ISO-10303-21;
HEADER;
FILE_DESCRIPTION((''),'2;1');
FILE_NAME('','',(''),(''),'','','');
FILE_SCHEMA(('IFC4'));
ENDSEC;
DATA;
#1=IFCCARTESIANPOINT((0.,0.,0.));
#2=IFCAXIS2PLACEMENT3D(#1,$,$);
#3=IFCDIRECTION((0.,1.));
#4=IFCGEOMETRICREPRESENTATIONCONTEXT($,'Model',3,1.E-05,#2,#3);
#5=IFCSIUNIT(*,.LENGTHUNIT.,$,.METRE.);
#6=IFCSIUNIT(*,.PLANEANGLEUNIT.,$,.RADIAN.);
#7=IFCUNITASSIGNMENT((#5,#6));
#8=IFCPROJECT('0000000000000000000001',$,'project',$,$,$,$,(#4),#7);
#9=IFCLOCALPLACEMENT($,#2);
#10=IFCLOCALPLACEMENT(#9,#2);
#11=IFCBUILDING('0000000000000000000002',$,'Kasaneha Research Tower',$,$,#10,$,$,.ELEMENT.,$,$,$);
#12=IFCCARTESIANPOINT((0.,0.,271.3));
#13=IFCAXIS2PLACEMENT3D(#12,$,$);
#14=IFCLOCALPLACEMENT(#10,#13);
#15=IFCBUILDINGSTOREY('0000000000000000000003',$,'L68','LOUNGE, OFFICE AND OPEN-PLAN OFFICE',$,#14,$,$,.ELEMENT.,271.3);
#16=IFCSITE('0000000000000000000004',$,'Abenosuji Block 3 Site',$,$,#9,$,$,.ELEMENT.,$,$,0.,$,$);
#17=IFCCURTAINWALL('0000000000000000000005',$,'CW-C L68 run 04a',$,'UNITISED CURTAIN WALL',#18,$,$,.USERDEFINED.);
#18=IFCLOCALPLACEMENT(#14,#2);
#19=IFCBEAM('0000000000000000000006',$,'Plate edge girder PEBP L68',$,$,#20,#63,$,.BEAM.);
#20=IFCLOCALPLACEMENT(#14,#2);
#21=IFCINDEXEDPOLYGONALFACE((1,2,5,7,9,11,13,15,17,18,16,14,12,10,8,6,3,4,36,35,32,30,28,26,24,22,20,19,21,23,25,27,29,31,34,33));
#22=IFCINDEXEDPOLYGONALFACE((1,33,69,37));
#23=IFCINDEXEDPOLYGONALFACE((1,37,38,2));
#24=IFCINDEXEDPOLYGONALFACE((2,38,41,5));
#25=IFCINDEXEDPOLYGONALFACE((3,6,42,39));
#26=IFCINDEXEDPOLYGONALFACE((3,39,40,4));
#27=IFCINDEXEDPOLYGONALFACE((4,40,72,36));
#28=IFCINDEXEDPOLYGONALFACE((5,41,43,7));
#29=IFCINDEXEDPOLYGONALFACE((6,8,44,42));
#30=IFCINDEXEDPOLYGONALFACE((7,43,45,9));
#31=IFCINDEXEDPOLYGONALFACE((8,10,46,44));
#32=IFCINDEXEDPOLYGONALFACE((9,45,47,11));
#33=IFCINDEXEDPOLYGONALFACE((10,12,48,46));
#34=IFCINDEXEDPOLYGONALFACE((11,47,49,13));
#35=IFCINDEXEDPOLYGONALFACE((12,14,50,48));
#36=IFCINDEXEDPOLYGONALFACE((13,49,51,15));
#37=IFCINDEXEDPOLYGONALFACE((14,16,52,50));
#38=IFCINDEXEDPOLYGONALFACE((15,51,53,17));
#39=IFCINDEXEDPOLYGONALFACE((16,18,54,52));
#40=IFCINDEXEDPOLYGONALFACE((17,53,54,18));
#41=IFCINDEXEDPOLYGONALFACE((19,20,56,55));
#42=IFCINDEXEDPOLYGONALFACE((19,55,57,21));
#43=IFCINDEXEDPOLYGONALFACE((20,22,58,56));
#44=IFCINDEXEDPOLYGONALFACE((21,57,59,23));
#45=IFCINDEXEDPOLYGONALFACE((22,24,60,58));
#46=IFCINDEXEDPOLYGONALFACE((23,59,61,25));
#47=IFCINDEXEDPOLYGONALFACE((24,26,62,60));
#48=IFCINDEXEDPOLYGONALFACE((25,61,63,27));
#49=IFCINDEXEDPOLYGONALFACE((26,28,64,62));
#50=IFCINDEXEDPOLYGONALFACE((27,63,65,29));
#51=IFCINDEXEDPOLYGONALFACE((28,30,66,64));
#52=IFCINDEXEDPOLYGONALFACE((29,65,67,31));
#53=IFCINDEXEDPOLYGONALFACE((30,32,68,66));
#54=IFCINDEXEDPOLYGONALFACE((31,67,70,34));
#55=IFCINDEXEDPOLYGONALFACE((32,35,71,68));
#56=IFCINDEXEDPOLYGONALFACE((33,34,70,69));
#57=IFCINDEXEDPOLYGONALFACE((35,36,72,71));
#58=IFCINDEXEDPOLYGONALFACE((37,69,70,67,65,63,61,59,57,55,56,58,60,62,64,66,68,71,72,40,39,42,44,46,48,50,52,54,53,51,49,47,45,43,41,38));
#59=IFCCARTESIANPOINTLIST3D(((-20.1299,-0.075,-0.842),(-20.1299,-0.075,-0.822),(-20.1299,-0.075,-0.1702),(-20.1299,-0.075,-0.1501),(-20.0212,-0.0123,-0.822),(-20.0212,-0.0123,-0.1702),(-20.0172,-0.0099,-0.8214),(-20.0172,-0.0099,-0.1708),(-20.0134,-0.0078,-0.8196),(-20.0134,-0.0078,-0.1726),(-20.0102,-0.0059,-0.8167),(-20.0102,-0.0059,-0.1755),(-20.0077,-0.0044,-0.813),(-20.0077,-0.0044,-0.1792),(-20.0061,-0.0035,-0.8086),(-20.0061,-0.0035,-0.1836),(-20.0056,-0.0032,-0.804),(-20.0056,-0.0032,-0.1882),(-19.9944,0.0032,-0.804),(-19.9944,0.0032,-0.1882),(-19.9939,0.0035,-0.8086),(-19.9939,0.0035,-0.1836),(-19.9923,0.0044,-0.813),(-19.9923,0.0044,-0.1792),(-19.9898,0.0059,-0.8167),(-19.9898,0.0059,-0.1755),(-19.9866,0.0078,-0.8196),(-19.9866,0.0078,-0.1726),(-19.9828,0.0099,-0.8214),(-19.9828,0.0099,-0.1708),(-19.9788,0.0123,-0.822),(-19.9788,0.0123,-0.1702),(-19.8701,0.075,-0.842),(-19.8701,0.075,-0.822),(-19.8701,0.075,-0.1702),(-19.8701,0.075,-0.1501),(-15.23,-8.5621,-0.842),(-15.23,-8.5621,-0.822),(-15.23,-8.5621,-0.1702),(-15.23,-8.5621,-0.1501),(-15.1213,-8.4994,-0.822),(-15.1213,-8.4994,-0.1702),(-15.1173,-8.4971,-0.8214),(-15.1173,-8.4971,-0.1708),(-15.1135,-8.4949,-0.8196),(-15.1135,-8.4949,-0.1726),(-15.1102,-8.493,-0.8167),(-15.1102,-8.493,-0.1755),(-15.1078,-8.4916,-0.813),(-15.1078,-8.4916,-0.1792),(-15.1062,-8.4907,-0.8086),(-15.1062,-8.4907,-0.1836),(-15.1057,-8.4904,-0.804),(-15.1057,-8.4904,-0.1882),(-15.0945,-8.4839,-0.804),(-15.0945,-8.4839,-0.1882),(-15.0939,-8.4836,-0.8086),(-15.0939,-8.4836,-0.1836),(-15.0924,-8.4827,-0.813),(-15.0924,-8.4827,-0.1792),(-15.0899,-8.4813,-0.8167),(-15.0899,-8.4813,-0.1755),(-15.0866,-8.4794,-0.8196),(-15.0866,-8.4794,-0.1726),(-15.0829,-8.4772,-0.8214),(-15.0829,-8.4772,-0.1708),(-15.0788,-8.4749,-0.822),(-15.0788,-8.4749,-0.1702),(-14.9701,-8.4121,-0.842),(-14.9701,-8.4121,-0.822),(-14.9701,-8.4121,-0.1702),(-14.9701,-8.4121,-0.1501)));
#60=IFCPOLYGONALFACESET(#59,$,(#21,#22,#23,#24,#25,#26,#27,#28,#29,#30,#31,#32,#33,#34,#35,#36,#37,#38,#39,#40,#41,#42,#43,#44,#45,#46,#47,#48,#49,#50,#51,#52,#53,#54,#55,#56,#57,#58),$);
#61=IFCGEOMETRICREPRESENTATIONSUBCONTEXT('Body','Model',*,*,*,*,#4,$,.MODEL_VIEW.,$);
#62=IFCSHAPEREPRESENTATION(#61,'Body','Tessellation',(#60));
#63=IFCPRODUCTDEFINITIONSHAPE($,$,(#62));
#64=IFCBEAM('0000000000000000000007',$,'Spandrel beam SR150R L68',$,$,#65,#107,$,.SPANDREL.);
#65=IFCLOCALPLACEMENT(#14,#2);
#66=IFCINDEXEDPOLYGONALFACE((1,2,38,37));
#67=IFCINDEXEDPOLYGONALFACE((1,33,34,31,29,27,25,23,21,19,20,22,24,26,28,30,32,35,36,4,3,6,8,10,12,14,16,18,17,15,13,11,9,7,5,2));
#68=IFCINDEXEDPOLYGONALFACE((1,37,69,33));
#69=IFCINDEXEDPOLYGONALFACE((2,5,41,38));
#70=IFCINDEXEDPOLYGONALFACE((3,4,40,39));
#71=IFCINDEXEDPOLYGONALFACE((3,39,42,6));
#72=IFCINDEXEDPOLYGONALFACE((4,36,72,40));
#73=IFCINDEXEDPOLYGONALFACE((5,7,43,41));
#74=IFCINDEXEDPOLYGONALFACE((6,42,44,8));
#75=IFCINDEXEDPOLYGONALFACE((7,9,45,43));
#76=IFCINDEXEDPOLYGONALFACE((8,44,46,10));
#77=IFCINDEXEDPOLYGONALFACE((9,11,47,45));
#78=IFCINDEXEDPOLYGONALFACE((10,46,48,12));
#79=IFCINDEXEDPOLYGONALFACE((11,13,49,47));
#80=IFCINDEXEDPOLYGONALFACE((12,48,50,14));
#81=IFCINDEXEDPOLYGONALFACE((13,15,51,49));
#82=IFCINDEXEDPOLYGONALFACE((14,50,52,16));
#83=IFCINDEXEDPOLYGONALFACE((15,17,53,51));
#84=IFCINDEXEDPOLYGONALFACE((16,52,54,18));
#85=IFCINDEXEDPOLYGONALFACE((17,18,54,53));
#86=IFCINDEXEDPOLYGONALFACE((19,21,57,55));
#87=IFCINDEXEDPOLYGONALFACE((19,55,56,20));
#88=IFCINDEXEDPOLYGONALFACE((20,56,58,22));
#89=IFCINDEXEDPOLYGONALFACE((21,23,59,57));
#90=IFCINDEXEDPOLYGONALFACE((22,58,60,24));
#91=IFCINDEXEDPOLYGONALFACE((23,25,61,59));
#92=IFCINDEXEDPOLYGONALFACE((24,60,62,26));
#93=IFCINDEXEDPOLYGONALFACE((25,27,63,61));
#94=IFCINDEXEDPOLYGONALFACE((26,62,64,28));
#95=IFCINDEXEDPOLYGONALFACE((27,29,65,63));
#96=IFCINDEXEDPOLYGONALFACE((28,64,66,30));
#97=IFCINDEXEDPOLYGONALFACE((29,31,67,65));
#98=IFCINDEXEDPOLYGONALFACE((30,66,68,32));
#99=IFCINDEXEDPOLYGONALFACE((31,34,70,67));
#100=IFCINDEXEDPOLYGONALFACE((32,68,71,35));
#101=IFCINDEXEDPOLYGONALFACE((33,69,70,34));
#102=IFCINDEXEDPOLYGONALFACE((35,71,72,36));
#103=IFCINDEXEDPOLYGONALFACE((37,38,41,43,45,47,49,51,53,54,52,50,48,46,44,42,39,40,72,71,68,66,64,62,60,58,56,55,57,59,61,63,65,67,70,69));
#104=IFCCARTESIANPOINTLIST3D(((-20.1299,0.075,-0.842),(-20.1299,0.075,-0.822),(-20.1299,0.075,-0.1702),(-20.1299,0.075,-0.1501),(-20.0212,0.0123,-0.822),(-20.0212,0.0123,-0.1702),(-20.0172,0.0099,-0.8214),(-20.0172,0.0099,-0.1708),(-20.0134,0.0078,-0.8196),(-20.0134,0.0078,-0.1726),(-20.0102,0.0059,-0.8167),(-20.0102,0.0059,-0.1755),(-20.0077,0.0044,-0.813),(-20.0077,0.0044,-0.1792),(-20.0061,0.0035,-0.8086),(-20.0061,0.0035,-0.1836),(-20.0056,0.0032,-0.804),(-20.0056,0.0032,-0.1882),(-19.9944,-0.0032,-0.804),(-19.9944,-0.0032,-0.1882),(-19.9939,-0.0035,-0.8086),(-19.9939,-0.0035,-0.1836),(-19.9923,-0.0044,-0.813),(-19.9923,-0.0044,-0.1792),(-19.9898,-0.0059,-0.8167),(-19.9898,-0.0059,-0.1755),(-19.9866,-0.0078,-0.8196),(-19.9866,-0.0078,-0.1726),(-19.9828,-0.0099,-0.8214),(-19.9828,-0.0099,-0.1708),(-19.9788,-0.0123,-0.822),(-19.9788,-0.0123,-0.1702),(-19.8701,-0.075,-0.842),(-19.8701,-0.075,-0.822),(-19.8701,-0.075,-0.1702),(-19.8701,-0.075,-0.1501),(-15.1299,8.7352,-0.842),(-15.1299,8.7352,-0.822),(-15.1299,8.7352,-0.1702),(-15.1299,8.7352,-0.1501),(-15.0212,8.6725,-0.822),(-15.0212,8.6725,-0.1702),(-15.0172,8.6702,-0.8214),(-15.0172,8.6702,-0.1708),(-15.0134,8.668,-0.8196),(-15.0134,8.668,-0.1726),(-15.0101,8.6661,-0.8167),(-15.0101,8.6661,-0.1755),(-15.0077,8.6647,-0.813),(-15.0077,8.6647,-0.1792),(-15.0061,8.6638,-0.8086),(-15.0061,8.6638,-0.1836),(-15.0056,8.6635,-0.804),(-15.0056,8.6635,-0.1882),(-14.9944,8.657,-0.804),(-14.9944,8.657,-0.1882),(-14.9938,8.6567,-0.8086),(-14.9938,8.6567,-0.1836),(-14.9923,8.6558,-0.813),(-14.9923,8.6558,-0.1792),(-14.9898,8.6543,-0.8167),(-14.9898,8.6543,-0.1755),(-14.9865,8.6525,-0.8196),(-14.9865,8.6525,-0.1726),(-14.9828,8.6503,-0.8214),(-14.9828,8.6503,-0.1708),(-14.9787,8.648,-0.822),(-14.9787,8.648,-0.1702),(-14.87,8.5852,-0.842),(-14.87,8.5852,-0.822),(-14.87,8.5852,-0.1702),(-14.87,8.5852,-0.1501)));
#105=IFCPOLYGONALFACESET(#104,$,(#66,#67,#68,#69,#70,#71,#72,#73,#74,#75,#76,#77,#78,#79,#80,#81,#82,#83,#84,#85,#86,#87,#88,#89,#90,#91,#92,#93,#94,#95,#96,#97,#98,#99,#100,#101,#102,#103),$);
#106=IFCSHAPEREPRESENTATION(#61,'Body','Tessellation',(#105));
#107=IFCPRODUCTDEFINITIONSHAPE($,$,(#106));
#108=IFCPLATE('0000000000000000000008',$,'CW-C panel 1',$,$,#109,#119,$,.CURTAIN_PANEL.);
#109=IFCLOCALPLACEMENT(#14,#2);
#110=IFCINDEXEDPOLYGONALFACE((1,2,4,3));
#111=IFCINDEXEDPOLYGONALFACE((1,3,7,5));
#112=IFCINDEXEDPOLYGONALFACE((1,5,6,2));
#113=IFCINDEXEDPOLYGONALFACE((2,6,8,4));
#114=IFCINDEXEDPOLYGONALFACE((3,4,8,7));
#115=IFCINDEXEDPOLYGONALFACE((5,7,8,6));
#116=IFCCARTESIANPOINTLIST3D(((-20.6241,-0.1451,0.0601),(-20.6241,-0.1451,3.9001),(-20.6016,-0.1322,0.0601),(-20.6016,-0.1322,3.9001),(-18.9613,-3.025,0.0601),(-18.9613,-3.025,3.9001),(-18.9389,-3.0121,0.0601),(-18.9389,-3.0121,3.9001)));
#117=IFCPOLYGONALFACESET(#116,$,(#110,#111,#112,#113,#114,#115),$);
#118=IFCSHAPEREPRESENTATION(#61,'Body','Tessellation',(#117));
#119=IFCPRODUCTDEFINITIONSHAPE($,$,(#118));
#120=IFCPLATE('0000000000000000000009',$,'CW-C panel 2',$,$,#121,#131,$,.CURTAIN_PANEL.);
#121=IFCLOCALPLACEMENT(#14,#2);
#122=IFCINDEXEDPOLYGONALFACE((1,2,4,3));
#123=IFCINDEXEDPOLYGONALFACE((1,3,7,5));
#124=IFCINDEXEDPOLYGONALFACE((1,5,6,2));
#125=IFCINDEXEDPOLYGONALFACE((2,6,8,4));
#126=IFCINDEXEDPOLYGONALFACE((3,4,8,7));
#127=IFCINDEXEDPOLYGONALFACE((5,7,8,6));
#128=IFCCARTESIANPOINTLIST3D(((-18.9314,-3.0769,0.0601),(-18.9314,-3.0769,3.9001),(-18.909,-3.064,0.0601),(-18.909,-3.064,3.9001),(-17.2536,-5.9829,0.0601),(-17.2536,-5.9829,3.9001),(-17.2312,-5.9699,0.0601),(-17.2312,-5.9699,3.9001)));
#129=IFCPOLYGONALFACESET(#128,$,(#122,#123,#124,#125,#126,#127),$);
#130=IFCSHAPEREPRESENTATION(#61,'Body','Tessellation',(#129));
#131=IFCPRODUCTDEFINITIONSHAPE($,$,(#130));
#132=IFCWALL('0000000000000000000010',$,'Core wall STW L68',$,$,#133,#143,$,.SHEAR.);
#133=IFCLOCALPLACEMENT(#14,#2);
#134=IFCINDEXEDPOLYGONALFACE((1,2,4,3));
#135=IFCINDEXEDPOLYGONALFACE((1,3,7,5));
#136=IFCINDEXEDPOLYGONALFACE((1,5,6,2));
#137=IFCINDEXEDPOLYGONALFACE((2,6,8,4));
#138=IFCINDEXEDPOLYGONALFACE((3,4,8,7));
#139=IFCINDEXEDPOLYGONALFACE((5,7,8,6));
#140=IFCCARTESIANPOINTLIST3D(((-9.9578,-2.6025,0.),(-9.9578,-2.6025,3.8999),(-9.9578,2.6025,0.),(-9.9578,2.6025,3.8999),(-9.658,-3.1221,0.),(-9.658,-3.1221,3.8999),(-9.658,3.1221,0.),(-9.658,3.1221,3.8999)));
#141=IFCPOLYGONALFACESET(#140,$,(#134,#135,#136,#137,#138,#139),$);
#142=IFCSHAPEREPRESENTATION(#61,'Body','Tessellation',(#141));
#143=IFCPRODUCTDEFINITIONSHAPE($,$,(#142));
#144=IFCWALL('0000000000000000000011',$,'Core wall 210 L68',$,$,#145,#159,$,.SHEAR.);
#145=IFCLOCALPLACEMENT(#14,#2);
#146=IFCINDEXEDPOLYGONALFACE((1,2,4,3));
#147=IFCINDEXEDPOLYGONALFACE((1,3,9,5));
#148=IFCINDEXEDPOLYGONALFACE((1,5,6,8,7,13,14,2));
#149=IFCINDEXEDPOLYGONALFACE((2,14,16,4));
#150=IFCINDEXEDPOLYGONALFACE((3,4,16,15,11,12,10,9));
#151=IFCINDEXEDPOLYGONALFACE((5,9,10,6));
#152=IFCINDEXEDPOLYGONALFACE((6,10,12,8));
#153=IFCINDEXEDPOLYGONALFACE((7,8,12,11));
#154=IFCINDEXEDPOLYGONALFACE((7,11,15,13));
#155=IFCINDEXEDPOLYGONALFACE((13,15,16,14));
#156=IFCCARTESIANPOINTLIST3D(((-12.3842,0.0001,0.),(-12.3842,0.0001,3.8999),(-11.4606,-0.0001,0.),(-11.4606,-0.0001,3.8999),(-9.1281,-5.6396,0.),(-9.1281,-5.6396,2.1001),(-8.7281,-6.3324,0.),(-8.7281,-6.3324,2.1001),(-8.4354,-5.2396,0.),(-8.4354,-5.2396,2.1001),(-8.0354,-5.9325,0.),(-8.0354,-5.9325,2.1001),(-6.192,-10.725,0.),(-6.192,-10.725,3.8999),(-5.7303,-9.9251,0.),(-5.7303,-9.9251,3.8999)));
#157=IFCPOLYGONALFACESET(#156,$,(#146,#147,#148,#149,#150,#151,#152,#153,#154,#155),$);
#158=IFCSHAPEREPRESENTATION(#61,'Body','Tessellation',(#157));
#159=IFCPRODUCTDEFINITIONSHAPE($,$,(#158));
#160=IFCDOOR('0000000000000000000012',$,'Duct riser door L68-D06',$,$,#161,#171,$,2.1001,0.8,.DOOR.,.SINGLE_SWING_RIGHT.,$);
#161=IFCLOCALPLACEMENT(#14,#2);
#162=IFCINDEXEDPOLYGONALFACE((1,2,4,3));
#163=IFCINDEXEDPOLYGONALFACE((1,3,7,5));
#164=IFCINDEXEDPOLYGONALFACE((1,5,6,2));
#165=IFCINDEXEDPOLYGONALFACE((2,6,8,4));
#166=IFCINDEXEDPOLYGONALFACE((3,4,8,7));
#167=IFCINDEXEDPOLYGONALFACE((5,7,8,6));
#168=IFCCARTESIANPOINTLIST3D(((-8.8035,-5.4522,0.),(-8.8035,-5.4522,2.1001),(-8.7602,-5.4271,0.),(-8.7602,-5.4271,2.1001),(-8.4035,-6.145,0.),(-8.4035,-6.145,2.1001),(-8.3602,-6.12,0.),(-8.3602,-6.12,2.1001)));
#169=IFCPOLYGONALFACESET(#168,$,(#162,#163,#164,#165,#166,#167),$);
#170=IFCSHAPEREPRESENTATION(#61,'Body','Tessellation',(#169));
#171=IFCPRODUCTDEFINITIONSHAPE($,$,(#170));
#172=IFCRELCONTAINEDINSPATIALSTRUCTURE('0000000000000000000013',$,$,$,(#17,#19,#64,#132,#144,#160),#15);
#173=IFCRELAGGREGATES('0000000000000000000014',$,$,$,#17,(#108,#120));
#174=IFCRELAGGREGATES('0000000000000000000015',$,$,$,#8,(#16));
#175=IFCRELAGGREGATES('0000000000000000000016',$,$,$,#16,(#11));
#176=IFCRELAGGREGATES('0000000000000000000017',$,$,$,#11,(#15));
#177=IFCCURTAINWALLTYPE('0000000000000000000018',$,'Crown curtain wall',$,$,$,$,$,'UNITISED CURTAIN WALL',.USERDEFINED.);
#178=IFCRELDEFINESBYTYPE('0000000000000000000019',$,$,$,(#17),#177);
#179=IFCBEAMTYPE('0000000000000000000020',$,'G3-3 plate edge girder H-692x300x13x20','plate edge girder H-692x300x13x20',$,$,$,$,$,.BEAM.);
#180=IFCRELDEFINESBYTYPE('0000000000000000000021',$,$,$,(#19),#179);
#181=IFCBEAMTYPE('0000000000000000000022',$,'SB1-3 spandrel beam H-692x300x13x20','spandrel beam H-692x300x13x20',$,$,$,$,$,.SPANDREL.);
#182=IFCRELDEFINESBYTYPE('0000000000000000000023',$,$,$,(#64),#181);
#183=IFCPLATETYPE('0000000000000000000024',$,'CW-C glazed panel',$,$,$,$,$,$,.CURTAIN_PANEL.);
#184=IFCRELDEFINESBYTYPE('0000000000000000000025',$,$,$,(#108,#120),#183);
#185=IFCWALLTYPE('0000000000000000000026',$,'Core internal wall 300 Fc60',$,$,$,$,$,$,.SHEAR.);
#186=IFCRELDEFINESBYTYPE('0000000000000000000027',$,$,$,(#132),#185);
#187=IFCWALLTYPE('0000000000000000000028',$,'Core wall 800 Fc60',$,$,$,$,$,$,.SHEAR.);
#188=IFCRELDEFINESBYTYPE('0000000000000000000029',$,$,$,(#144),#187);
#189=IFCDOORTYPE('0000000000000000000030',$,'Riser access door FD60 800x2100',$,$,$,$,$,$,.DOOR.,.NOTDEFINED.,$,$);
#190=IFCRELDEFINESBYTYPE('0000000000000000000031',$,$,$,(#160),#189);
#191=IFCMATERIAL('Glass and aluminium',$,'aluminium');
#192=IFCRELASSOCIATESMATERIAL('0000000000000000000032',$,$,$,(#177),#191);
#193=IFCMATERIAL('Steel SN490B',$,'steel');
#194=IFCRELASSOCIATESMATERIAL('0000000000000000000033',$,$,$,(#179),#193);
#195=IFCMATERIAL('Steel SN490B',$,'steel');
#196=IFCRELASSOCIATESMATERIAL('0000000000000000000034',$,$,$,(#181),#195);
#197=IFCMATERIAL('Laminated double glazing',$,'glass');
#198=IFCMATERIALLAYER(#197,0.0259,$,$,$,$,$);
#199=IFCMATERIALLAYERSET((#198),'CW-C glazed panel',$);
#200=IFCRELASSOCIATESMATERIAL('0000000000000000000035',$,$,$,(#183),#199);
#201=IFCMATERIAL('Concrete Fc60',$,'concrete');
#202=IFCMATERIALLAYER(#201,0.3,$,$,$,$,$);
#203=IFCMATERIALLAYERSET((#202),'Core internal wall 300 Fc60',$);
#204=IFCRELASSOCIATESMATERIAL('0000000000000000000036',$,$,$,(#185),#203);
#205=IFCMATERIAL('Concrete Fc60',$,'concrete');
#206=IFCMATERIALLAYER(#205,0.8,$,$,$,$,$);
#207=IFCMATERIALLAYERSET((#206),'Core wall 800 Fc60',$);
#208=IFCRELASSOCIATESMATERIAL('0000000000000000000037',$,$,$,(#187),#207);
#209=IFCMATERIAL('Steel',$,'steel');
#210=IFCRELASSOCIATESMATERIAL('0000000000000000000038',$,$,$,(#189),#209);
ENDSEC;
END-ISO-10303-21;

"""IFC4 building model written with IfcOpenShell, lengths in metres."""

from ifc_helpers import new_model, si_unit, direction, frame, frame_2d, origin, origin_2d, place, context, subcontext, project, spatial, polyline, rectangle, i_section, outline, extrude, material, layer, layer_set, material_profile, profile_set, type_object, element, fill, aggregate, save


model = new_model("IFC4")

# Units and contexts
model_context = context("Model", 3, precision=1e-05, world=origin(), true_north=direction((0.0, 1.0)))
body_context = subcontext(model_context, "Body", "Model", "MODEL_VIEW")
ifc_project = project(units=[si_unit("LENGTHUNIT", "METRE"), si_unit("PLANEANGLEUNIT", "RADIAN")], contexts=[model_context])

# Site, building, storey
site_placement = place(None, origin())
site = spatial("IfcSite", under=ifc_project, at=site_placement, Name="Abenosuji Block 3 Site", CompositionType="ELEMENT", RefElevation=0.0)
building_placement = place(site_placement, origin())
building = spatial("IfcBuilding", under=site, at=building_placement, Name="Kasaneha Research Tower", CompositionType="ELEMENT")
storey_placement = place(building_placement, frame((0.0, 0.0, 271.3)))
storey = spatial("IfcBuildingStorey", under=building, at=storey_placement, Name="L68", Description="LOUNGE, OFFICE AND OPEN-PLAN OFFICE", CompositionType="ELEMENT", Elevation=271.3)

# Curtain wall
ifc_material_1 = material(Name="Glass and aluminium", Category="aluminium")
curtain_wall_type = type_object("IfcCurtainWallType", Name="Crown curtain wall", ElementType="UNITISED CURTAIN WALL", PredefinedType="USERDEFINED", material=ifc_material_1)
curtain_wall_placement = place(storey_placement, origin())
curtain_wall = element("IfcCurtainWall", 1, at=curtain_wall_placement, inside=storey, type_object=curtain_wall_type, Name="CW-C L68 run 04a", ObjectType="UNITISED CURTAIN WALL", PredefinedType="USERDEFINED")

# Beams
ifc_material_2 = material(Name="Steel SN490B", Category="steel")
ifc_material_profile_1 = material_profile(ifc_material_2, i_section(OverallWidth=0.3, OverallDepth=0.6919, WebThickness=0.0129, FlangeThickness=0.02, FilletRadius=0.0181, at=origin_2d()), Name="H-692x300x13x20")
ifc_profile_set_1 = profile_set([ifc_material_profile_1], Name="Steel SN490B")
beam_type_1 = type_object("IfcBeamType", Name="G3-3 plate edge girder H-692x300x13x20", Description="plate edge girder H-692x300x13x20", PredefinedType="BEAM", material=ifc_profile_set_1)
beam_1_placement = place(storey_placement, frame((-20.0, 0.0, -0.4961), z_axis=(0.499992, -0.86603, 0.0), x_axis=(0.86603, 0.499992, 0.0)))
element("IfcBeam", 2, at=beam_1_placement, inside=storey, type_object=beam_type_1, Name="Plate edge girder PEBP L68", PredefinedType="BEAM", context=body_context, shape_type="SweptSolid", body=[
    extrude(i_section(OverallWidth=0.3, OverallDepth=0.6919, WebThickness=0.0129, FlangeThickness=0.02, FilletRadius=0.0181, at=origin_2d()), origin(), (0.0, 0.0, 1.0), 9.8),
])
ifc_material_3 = material(Name="Steel SN490B", Category="steel")
ifc_material_profile_2 = material_profile(ifc_material_3, i_section(OverallWidth=0.3, OverallDepth=0.6919, WebThickness=0.0129, FlangeThickness=0.02, FilletRadius=0.0181, at=origin_2d()), Name="H-692x300x13x20")
ifc_profile_set_2 = profile_set([ifc_material_profile_2], Name="Steel SN490B")
beam_type_2 = type_object("IfcBeamType", Name="SB1-3 spandrel beam H-692x300x13x20", Description="spandrel beam H-692x300x13x20", PredefinedType="SPANDREL", material=ifc_profile_set_2)
beam_2_placement = place(storey_placement, frame((-20.0, 0.0, -0.4961), z_axis=(0.500004, 0.866023, 0.0), x_axis=(-0.866023, 0.500004, 0.0)))
element("IfcBeam", 3, at=beam_2_placement, inside=storey, type_object=beam_type_2, Name="Spandrel beam SR150R L68", PredefinedType="SPANDREL", context=body_context, shape_type="SweptSolid", body=[
    extrude(i_section(OverallWidth=0.3, OverallDepth=0.6919, WebThickness=0.0129, FlangeThickness=0.02, FilletRadius=0.0181, at=origin_2d()), origin(), (0.0, 0.0, 1.0), 10.0),
])

# Plates
ifc_material_4 = material(Name="Laminated double glazing", Category="glass")
ifc_layer_1 = layer(ifc_material_4, 0.0259)
ifc_layer_set_1 = layer_set([ifc_layer_1], Name="CW-C glazed panel")
plate_type = type_object("IfcPlateType", Name="CW-C glazed panel", PredefinedType="CURTAIN_PANEL", material=ifc_layer_set_1)
plate_1_placement = place(storey_placement, frame((-19.7815, -1.5786, 0.0601), z_axis=(0.0, 0.0, 1.0), x_axis=(0.5, -0.866025, 0.0)))
plate_1 = element("IfcPlate", 4, at=plate_1_placement, type_object=plate_type, Name="CW-C panel 1", PredefinedType="CURTAIN_PANEL", context=body_context, shape_type="SweptSolid", body=[
    extrude(rectangle(XDim=3.3254, YDim=0.0259, at=origin_2d()), origin(), (0.0, 0.0, 1.0), 3.8401),
])
plate_2_placement = place(storey_placement, frame((-18.0813, -4.5234, 0.0601), z_axis=(0.0, 0.0, 1.0), x_axis=(0.5, -0.866025, 0.0)))
plate_2 = element("IfcPlate", 5, at=plate_2_placement, type_object=plate_type, Name="CW-C panel 2", PredefinedType="CURTAIN_PANEL", context=body_context, shape_type="SweptSolid", body=[
    extrude(rectangle(XDim=3.3555, YDim=0.0259, at=origin_2d()), origin(), (0.0, 0.0, 1.0), 3.8401),
])
aggregate(curtain_wall, [plate_1, plate_2])

# Shared definitions
ifc_material_5 = material(Name="Concrete Fc60", Category="concrete")
ifc_layer_2 = layer(ifc_material_5, 0.3)
ifc_layer_set_2 = layer_set([ifc_layer_2], Name="Core internal wall 300 Fc60")
wall_type_1 = type_object("IfcWallType", Name="Core internal wall 300 Fc60", PredefinedType="SHEAR", material=ifc_layer_set_2)

# Wall
wall_1_placement = place(storey_placement, frame((-9.8079, -2.8623, 0.0), z_axis=(0.0, 0.0, 1.0), x_axis=(0.0, 1.0, 0.0)))
element("IfcWall", 6, at=wall_1_placement, inside=storey, type_object=wall_type_1, Name="Core wall STW L68", PredefinedType="SHEAR", context=body_context, shape_type="SweptSolid", body=[
    extrude(outline(polyline([(-0.2598, -0.1499), (5.9844, -0.1499), (5.4648, 0.1499), (0.2598, 0.1499), (-0.2598, -0.1499)])), origin(), (0.0, 0.0, 1.0), 3.8999),
])

# Wall, opening, door
ifc_material_6 = material(Name="Concrete Fc60", Category="concrete")
ifc_layer_3 = layer(ifc_material_6, 0.8)
ifc_layer_set_3 = layer_set([ifc_layer_3], Name="Core wall 800 Fc60")
wall_type_2 = type_object("IfcWallType", Name="Core wall 800 Fc60", PredefinedType="SHEAR", material=ifc_layer_set_3)
wall_2_placement = place(storey_placement, frame((-11.9224, 0.0, 0.0), z_axis=(0.0, 0.0, 1.0), x_axis=(0.500004, -0.866023, 0.0)))
wall_2 = element("IfcWall", 7, at=wall_2_placement, inside=storey, type_object=wall_type_2, Name="Core wall 210 L68", PredefinedType="SHEAR", context=body_context, shape_type="SweptSolid", body=[
    extrude(outline(polyline([(-0.231, -0.3999), (6.2812, -0.3999), (7.0813, -0.3999), (12.1533, -0.3999), (11.6914, 0.3999), (7.0813, 0.3999), (6.2812, 0.3999), (0.231, 0.3999), (-0.231, -0.3999)])), origin(), (0.0, 0.0, 1.0), 3.8999),
])
opening_1_placement = place(wall_2_placement, frame((6.2812, 0.0, 0.0)))
opening_1 = element("IfcOpeningElement", 8, at=opening_1_placement, cuts=wall_2, PredefinedType="OPENING", context=body_context, shape_type="SweptSolid", body=[
    extrude(rectangle(XDim=0.8, YDim=2.1001, at=frame_2d((0.3999, 1.05))), frame((0.0, 0.4102, 0.0), z_axis=(0.0, -1.0, 0.0), x_axis=(1.0, 0.0, 0.0)), (0.0, 0.0, 1.0), 0.8201),
])
ifc_material_7 = material(Name="Steel", Category="steel")
door_type_1 = type_object("IfcDoorType", Name="Riser access door FD60 800x2100", OperationType="NOTDEFINED", PredefinedType="DOOR", material=ifc_material_7)
door_1_placement = place(opening_1_placement, origin())
door_1 = element("IfcDoor", 9, at=door_1_placement, inside=storey, type_object=door_type_1, Name="Duct riser door L68-D06", OperationType="SINGLE_SWING_RIGHT", OverallHeight=2.1001, OverallWidth=0.8, PredefinedType="DOOR", context=body_context, shape_type="SweptSolid", body=[
    extrude(rectangle(XDim=0.8, YDim=2.1001, at=frame_2d((0.3999, 1.05))), frame((0.0, 0.0249, 0.0), z_axis=(0.0, -1.0, 0.0), x_axis=(1.0, 0.0, 0.0)), (0.0, 0.0, 1.0), 0.05),
])
fill(opening_1, door_1)

save(model, "model.ifc")
